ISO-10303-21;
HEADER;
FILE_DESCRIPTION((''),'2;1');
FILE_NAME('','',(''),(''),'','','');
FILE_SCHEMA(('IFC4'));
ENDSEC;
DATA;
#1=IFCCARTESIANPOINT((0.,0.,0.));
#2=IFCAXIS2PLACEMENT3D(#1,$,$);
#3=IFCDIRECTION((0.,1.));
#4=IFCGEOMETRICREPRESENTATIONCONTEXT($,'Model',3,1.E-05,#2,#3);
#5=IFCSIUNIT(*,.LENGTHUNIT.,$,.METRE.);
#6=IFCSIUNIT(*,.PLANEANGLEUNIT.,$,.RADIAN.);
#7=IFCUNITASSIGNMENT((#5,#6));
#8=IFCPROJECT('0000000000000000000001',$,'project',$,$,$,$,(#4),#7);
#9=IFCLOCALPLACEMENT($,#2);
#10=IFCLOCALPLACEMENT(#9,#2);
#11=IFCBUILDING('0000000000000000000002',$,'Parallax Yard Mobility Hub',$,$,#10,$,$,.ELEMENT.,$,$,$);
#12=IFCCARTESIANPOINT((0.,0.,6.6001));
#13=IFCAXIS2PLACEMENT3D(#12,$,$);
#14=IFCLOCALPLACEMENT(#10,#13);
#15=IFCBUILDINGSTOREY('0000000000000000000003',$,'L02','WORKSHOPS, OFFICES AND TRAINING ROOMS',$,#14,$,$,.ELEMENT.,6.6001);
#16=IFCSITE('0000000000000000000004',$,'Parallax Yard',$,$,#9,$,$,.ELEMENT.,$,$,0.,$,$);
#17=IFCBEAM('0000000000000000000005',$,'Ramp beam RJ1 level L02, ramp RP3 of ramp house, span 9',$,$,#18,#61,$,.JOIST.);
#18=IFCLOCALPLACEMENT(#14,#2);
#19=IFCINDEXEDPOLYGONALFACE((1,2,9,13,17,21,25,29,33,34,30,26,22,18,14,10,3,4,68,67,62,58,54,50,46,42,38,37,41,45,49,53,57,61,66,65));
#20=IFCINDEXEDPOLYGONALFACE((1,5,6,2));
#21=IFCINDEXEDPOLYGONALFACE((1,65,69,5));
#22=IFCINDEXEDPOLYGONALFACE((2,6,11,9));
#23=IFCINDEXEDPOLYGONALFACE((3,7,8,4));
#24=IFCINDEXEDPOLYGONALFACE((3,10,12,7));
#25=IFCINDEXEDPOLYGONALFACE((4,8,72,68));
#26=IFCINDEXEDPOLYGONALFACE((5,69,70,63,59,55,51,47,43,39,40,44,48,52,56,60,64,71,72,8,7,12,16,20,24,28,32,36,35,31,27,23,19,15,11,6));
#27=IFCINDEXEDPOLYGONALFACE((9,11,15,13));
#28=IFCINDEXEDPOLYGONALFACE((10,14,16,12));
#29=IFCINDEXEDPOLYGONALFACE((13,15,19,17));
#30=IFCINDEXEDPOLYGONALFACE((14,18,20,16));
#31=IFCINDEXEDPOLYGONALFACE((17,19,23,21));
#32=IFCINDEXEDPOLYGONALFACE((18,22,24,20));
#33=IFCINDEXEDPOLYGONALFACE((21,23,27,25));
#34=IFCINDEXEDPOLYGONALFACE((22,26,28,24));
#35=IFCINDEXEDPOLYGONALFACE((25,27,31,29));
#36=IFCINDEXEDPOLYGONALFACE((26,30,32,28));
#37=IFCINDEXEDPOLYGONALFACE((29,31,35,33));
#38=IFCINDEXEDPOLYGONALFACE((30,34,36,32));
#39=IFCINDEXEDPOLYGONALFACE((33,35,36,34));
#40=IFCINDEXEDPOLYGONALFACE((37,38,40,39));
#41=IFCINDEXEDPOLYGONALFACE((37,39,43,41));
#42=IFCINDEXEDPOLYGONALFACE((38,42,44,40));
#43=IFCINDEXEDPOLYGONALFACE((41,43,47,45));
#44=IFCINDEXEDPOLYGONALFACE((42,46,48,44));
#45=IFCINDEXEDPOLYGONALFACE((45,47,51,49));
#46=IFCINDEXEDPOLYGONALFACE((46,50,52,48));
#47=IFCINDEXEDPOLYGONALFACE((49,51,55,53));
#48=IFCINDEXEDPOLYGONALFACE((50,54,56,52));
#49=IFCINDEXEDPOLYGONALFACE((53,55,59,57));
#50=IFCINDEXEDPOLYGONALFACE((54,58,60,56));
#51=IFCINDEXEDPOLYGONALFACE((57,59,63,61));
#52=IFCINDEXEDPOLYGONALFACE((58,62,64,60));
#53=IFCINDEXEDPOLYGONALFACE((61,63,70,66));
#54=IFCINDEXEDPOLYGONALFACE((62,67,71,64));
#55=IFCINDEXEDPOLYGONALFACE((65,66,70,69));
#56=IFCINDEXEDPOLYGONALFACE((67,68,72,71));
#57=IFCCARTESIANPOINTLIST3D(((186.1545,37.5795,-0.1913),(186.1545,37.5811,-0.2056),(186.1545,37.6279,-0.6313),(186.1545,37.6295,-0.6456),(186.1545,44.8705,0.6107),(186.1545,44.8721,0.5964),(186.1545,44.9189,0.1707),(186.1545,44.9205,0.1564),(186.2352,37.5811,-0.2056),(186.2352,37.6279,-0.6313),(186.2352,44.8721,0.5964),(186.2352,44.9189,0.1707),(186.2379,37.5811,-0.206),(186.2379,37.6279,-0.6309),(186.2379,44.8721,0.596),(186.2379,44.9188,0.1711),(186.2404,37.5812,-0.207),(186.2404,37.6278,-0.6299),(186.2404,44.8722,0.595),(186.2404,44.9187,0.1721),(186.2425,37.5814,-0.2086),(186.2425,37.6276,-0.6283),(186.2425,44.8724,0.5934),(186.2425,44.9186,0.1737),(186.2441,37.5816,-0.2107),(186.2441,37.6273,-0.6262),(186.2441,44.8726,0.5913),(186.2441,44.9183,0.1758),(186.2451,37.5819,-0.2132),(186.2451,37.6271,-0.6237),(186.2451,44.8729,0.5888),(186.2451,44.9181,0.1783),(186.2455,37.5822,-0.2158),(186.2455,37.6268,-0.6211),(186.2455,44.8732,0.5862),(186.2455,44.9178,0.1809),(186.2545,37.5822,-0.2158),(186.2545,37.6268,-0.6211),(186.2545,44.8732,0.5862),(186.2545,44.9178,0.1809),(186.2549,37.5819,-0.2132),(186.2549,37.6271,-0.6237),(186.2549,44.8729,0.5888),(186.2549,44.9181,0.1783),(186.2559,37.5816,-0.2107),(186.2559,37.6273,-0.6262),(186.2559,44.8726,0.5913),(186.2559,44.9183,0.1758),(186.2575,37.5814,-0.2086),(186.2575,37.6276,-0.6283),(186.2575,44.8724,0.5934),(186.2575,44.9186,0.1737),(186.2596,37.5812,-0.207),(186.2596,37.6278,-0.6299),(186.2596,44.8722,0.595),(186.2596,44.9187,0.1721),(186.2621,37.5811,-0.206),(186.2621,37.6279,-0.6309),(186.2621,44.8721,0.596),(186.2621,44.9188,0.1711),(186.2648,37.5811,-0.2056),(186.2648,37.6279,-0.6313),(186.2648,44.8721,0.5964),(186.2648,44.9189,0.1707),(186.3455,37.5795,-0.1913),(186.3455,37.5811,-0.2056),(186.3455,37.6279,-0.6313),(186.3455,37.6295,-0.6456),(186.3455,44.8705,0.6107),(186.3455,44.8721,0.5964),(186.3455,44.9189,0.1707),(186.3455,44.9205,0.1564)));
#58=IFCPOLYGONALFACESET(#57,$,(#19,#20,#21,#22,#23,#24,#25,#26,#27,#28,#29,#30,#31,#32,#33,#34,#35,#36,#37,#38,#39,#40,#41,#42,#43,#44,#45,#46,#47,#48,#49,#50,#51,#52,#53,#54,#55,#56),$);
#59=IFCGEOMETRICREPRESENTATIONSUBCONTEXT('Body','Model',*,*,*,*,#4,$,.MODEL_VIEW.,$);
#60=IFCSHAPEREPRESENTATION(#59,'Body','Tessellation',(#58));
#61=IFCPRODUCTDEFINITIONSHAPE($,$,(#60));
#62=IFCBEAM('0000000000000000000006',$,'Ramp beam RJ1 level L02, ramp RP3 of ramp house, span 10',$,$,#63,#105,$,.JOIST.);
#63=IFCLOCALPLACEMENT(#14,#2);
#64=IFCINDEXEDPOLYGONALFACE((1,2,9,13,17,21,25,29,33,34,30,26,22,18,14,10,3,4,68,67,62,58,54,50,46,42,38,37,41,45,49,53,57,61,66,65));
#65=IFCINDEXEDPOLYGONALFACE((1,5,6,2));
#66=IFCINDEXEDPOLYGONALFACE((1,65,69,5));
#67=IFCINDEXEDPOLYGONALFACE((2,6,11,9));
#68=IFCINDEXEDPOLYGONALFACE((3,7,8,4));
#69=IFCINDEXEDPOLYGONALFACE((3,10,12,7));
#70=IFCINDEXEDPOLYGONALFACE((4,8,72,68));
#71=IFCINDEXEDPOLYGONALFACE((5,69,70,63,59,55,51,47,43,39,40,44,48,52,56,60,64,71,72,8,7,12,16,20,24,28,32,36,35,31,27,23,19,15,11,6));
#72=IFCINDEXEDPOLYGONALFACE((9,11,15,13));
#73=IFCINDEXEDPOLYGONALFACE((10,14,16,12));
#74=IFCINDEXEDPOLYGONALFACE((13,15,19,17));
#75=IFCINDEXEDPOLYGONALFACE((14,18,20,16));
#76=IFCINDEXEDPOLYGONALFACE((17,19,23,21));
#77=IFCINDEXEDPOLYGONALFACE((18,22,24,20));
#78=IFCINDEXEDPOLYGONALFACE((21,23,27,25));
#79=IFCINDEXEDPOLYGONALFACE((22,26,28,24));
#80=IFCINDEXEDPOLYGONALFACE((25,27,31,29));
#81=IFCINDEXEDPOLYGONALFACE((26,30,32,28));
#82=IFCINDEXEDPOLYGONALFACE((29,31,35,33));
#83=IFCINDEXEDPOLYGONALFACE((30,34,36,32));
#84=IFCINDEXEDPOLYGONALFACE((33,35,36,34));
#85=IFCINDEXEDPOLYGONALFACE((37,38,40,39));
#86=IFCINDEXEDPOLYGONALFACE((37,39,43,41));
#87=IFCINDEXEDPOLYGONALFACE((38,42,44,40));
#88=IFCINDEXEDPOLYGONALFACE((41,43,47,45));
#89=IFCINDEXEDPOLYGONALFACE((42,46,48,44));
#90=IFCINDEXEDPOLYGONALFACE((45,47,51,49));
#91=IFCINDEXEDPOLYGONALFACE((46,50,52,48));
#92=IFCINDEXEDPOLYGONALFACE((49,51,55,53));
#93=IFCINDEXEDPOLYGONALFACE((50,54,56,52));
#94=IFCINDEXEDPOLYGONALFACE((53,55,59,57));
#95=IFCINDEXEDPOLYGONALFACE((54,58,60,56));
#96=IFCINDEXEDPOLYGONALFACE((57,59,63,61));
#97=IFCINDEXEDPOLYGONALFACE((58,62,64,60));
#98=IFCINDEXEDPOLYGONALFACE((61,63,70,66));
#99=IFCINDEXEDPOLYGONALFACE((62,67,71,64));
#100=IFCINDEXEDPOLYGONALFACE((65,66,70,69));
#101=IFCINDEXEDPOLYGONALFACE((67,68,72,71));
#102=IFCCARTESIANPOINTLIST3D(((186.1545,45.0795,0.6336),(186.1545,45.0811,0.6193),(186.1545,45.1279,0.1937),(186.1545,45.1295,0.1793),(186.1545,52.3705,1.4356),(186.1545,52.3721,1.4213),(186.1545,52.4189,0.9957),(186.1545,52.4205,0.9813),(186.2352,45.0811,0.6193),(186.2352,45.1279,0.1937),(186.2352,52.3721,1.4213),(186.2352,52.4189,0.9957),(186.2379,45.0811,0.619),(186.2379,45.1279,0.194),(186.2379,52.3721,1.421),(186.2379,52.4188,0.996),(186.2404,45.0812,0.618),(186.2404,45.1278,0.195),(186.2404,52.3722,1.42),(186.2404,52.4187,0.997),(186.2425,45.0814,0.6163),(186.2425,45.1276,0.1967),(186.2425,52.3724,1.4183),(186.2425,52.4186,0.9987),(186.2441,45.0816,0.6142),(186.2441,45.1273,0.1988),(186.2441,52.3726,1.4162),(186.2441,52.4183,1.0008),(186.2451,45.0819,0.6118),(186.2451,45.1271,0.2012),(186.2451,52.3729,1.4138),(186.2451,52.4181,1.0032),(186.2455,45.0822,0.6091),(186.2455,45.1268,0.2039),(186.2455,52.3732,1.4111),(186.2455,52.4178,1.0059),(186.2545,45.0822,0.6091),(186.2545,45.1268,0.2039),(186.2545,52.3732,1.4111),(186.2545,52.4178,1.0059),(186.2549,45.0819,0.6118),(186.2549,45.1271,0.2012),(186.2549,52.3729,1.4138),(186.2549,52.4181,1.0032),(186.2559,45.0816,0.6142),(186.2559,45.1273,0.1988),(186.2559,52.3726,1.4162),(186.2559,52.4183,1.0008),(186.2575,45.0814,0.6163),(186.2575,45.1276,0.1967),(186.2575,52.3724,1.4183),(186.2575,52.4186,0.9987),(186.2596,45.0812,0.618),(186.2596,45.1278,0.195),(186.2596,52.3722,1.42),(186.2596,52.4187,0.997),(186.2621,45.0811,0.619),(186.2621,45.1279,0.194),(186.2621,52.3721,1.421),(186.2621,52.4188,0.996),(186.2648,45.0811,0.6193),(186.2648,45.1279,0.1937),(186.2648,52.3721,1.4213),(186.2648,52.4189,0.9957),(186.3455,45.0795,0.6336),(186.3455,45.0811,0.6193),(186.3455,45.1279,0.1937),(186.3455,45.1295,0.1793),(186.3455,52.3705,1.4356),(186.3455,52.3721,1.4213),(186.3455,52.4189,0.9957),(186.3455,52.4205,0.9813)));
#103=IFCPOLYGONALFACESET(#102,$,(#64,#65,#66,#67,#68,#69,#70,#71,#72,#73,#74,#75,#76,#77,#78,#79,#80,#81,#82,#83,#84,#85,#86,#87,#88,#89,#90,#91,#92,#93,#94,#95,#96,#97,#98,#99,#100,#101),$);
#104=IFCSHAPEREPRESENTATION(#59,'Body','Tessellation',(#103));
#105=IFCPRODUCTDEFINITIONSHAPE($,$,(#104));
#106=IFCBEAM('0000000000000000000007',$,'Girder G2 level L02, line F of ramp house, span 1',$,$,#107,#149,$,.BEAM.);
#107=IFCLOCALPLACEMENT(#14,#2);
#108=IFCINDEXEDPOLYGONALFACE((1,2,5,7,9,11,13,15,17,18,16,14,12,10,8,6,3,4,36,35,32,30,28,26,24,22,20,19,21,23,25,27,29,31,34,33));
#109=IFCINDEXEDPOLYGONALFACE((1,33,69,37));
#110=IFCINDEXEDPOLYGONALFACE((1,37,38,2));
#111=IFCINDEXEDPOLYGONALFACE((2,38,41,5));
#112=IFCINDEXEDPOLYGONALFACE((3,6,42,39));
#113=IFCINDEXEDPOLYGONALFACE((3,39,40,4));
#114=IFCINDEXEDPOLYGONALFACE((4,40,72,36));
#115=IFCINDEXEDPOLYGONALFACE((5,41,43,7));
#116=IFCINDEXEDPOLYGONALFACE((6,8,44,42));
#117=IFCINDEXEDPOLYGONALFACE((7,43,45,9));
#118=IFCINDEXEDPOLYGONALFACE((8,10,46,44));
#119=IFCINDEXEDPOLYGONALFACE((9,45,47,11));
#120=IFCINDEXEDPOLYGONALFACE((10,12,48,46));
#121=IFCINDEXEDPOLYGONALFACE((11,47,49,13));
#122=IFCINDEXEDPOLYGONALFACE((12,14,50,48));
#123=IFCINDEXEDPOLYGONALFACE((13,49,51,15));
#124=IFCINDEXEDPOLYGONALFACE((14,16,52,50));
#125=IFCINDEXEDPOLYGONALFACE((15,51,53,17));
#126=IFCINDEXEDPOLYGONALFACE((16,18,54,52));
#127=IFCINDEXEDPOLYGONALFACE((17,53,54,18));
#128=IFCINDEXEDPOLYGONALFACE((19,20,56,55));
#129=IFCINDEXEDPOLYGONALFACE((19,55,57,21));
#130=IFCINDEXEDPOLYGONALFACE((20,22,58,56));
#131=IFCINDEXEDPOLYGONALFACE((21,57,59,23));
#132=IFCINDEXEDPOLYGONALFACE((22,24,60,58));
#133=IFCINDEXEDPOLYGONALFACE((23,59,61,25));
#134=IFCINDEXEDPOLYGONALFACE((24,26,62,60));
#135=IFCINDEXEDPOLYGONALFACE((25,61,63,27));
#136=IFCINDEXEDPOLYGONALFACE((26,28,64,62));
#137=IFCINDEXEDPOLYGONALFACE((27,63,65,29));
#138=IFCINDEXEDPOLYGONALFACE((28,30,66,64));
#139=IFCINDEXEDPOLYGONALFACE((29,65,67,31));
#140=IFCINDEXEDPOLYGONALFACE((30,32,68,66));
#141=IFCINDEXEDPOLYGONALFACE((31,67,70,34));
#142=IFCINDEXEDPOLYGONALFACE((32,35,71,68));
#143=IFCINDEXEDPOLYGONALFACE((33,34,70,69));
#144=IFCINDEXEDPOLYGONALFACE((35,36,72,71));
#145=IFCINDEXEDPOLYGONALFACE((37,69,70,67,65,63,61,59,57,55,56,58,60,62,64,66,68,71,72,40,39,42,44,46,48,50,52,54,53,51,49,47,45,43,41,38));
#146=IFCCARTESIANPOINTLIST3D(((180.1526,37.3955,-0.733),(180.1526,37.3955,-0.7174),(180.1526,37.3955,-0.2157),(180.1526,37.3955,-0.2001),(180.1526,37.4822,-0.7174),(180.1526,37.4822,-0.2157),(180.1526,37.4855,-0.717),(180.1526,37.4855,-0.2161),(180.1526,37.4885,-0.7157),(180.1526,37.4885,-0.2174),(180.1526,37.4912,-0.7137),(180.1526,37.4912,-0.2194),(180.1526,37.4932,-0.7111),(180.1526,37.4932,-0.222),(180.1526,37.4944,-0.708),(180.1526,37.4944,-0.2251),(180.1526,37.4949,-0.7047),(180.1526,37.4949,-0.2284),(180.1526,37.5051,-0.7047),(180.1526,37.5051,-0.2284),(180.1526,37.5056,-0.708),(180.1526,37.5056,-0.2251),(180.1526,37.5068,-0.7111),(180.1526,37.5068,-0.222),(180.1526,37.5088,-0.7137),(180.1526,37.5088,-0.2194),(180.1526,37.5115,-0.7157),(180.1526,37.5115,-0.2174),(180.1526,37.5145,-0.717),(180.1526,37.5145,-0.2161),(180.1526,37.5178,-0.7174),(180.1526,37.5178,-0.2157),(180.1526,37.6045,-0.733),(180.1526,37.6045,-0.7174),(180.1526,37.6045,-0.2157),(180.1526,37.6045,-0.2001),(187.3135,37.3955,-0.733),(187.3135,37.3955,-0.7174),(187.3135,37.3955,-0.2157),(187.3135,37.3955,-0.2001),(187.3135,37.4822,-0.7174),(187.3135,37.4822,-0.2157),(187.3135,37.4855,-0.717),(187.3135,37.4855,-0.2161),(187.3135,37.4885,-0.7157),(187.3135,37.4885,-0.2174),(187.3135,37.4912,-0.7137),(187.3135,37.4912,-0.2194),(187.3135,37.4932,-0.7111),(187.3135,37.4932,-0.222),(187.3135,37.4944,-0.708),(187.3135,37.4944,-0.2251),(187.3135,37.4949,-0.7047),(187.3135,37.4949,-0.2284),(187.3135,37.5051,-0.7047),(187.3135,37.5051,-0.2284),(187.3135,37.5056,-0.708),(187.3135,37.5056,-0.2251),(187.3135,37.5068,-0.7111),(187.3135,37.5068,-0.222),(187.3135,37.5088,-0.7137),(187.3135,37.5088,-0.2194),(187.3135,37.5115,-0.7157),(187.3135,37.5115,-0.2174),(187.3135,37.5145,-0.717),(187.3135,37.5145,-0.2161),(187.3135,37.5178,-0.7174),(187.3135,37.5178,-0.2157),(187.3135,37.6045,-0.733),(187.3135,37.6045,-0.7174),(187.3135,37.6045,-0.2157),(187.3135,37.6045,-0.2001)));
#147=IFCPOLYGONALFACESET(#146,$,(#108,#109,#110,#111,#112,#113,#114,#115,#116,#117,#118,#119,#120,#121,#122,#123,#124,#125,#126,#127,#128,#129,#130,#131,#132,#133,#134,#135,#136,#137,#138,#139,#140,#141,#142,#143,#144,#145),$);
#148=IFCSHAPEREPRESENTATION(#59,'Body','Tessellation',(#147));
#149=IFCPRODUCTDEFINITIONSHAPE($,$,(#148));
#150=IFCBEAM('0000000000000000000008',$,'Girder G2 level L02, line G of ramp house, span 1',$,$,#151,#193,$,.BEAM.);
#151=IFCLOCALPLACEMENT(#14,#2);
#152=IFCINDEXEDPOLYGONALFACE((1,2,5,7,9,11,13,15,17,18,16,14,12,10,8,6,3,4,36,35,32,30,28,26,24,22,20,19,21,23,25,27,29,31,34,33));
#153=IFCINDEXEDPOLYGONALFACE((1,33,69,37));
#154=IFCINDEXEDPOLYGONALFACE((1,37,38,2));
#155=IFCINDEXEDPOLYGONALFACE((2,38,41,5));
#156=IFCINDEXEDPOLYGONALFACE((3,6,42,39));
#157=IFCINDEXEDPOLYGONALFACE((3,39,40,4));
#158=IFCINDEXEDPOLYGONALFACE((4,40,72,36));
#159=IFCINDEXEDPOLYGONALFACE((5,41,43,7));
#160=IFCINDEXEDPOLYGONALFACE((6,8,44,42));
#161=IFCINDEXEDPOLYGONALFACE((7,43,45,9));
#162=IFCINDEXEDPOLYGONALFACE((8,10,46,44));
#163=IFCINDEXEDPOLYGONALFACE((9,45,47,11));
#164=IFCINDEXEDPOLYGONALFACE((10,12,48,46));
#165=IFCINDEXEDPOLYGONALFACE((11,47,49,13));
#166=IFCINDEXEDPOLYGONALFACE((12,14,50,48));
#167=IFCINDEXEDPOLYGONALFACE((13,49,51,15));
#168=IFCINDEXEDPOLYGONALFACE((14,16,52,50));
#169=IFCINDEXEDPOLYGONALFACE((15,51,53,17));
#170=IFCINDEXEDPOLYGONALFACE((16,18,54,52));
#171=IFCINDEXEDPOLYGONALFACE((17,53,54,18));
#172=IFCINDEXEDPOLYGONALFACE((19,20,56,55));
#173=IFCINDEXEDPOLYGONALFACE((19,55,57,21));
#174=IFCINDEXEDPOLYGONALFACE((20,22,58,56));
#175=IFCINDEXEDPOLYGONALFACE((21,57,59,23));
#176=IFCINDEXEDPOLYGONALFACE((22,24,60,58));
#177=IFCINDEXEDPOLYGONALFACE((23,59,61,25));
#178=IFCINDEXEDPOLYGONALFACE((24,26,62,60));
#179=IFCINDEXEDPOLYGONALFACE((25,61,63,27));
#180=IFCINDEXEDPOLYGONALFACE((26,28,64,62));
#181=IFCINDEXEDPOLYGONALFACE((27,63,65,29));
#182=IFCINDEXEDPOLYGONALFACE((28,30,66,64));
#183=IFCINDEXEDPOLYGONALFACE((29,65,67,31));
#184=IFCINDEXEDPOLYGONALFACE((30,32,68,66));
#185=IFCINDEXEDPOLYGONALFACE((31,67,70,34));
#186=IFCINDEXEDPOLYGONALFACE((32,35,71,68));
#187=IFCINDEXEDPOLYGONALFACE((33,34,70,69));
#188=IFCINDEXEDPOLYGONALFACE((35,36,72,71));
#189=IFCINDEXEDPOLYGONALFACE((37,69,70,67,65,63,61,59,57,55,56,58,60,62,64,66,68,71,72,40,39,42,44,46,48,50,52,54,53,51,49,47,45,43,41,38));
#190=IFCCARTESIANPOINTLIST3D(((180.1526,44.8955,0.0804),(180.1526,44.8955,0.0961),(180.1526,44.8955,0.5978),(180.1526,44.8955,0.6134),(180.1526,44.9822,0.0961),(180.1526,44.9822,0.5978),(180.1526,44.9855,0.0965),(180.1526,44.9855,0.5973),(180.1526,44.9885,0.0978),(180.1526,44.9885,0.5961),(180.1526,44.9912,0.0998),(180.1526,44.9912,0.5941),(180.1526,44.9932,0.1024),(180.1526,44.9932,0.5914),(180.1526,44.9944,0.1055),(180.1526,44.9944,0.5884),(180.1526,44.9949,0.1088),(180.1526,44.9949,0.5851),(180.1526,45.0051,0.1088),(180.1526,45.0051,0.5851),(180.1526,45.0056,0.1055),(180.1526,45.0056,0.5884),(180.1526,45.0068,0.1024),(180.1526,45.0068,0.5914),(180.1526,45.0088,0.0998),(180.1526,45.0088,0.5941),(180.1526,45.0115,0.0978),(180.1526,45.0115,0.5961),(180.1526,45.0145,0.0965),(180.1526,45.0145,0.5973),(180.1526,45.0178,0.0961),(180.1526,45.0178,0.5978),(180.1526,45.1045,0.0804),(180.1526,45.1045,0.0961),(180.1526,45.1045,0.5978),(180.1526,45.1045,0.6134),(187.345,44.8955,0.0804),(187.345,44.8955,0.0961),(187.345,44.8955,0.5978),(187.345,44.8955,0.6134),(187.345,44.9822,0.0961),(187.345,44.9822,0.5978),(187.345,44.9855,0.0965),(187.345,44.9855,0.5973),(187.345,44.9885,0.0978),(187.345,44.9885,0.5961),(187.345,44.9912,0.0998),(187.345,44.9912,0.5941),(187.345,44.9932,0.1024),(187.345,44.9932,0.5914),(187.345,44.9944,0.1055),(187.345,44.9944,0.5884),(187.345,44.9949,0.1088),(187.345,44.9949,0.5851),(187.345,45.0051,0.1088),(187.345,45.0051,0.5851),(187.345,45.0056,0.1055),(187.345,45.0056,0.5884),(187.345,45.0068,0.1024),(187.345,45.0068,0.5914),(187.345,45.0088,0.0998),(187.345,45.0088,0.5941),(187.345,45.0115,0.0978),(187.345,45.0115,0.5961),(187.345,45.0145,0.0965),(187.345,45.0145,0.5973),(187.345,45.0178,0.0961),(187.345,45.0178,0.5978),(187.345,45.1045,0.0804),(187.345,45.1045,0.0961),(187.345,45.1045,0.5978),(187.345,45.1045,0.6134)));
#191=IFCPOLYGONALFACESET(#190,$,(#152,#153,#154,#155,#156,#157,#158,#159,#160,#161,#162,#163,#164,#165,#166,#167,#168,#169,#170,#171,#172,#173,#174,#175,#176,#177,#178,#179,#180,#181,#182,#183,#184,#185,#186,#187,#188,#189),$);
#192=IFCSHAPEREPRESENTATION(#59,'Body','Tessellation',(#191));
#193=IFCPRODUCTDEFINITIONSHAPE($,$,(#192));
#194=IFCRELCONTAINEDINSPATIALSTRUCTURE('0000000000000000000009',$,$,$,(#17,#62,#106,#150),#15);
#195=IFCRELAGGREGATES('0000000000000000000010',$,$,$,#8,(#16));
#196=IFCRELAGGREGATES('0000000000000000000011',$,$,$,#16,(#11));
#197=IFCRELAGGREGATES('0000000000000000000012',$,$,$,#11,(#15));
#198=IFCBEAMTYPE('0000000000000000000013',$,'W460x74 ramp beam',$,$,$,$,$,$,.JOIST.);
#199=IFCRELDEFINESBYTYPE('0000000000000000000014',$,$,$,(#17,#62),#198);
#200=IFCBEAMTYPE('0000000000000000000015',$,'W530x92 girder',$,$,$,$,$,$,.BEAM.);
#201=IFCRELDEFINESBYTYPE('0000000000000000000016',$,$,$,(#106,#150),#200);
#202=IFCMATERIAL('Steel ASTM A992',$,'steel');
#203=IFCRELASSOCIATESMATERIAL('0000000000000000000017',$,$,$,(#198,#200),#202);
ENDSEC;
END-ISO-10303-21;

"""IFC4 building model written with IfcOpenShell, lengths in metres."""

from ifc_helpers import new_model, si_unit, direction, frame, origin, origin_2d, place, context, subcontext, project, spatial, i_section, extrude, material, material_profile, profile_set, type_object, element, save


model = new_model("IFC4")

# Units and contexts
model_context = context("Model", 3, precision=1e-05, world=origin(), true_north=direction((0.0, 1.0)))
body_context = subcontext(model_context, "Body", "Model", "MODEL_VIEW")
ifc_project = project(units=[si_unit("LENGTHUNIT", "METRE"), si_unit("PLANEANGLEUNIT", "RADIAN")], contexts=[model_context])

# Site, building, storey
site_placement = place(None, origin())
site = spatial("IfcSite", under=ifc_project, at=site_placement, Name="Parallax Yard", CompositionType="ELEMENT", RefElevation=0.0)
building_placement = place(site_placement, origin())
building = spatial("IfcBuilding", under=site, at=building_placement, Name="Parallax Yard Mobility Hub", CompositionType="ELEMENT")
storey_placement = place(building_placement, frame((0.0, 0.0, 6.6001)))
storey = spatial("IfcBuildingStorey", under=building, at=storey_placement, Name="L02", Description="WORKSHOPS, OFFICES AND TRAINING ROOMS", CompositionType="ELEMENT", Elevation=6.6001)

# Shared definitions
ifc_material_1 = material(Name="Steel ASTM A992", Category="steel")

# Beams
ifc_material_profile_1 = material_profile(ifc_material_1, i_section(OverallWidth=0.1909, OverallDepth=0.457, WebThickness=0.009, FlangeThickness=0.0144, FilletRadius=0.0103, at=origin_2d()), Name="W460x74")
ifc_profile_set_1 = profile_set([ifc_material_profile_1], Name="Steel ASTM A992")
beam_type_1 = type_object("IfcBeamType", Name="W460x74 ramp beam", PredefinedType="JOIST", material=ifc_profile_set_1)
for number, where, z_axis, x_axis, name in (
    (1, (186.25, 37.6045, -0.4185), (0.0, 0.994005, 0.109339), (-1.0, 0.0, 0.0), "Ramp beam RJ1 level L02, ramp RP3 of ramp house, span 9"),
    (2, (186.25, 45.1045, 0.4065), (0.0, 0.994005, 0.109339), (-1.0, 0.0, 0.0), "Ramp beam RJ1 level L02, ramp RP3 of ramp house, span 10"),
):
    element("IfcBeam", number, at=place(storey_placement, frame(where, z_axis=z_axis, x_axis=x_axis)), inside=storey, type_object=beam_type_1, Name=name, PredefinedType="JOIST", context=body_context, shape_type="SweptSolid", body=[
        extrude(i_section(OverallWidth=0.1909, OverallDepth=0.457, WebThickness=0.009, FlangeThickness=0.0144, FilletRadius=0.0103, at=origin_2d()), origin(), (0.0, 0.0, 1.0), 7.335),
    ])
ifc_material_profile_2 = material_profile(ifc_material_1, i_section(OverallWidth=0.209, OverallDepth=0.533, WebThickness=0.0103, FlangeThickness=0.0156, FilletRadius=0.0127, at=origin_2d()), Name="W530x92")
ifc_profile_set_2 = profile_set([ifc_material_profile_2], Name="Steel ASTM A992")
beam_type_2 = type_object("IfcBeamType", Name="W530x92 girder", PredefinedType="BEAM", material=ifc_profile_set_2)
beam_1_placement = place(storey_placement, frame((180.1526, 37.5, -0.4666), z_axis=(1.0, 0.0, 0.0), x_axis=(0.0, 1.0, 0.0)))
element("IfcBeam", 3, at=beam_1_placement, inside=storey, type_object=beam_type_2, Name="Girder G2 level L02, line F of ramp house, span 1", PredefinedType="BEAM", context=body_context, shape_type="SweptSolid", body=[
    extrude(i_section(OverallWidth=0.209, OverallDepth=0.533, WebThickness=0.0103, FlangeThickness=0.0156, FilletRadius=0.0127, at=origin_2d()), origin(), (0.0, 0.0, 1.0), 7.1609),
])
beam_2_placement = place(storey_placement, frame((180.1526, 45.0, 0.3469), z_axis=(1.0, 0.0, 0.0), x_axis=(0.0, 1.0, 0.0)))
element("IfcBeam", 4, at=beam_2_placement, inside=storey, type_object=beam_type_2, Name="Girder G2 level L02, line G of ramp house, span 1", PredefinedType="BEAM", context=body_context, shape_type="SweptSolid", body=[
    extrude(i_section(OverallWidth=0.209, OverallDepth=0.533, WebThickness=0.0103, FlangeThickness=0.0156, FilletRadius=0.0127, at=origin_2d()), origin(), (0.0, 0.0, 1.0), 7.1924),
])

save(model, "model.ifc")
